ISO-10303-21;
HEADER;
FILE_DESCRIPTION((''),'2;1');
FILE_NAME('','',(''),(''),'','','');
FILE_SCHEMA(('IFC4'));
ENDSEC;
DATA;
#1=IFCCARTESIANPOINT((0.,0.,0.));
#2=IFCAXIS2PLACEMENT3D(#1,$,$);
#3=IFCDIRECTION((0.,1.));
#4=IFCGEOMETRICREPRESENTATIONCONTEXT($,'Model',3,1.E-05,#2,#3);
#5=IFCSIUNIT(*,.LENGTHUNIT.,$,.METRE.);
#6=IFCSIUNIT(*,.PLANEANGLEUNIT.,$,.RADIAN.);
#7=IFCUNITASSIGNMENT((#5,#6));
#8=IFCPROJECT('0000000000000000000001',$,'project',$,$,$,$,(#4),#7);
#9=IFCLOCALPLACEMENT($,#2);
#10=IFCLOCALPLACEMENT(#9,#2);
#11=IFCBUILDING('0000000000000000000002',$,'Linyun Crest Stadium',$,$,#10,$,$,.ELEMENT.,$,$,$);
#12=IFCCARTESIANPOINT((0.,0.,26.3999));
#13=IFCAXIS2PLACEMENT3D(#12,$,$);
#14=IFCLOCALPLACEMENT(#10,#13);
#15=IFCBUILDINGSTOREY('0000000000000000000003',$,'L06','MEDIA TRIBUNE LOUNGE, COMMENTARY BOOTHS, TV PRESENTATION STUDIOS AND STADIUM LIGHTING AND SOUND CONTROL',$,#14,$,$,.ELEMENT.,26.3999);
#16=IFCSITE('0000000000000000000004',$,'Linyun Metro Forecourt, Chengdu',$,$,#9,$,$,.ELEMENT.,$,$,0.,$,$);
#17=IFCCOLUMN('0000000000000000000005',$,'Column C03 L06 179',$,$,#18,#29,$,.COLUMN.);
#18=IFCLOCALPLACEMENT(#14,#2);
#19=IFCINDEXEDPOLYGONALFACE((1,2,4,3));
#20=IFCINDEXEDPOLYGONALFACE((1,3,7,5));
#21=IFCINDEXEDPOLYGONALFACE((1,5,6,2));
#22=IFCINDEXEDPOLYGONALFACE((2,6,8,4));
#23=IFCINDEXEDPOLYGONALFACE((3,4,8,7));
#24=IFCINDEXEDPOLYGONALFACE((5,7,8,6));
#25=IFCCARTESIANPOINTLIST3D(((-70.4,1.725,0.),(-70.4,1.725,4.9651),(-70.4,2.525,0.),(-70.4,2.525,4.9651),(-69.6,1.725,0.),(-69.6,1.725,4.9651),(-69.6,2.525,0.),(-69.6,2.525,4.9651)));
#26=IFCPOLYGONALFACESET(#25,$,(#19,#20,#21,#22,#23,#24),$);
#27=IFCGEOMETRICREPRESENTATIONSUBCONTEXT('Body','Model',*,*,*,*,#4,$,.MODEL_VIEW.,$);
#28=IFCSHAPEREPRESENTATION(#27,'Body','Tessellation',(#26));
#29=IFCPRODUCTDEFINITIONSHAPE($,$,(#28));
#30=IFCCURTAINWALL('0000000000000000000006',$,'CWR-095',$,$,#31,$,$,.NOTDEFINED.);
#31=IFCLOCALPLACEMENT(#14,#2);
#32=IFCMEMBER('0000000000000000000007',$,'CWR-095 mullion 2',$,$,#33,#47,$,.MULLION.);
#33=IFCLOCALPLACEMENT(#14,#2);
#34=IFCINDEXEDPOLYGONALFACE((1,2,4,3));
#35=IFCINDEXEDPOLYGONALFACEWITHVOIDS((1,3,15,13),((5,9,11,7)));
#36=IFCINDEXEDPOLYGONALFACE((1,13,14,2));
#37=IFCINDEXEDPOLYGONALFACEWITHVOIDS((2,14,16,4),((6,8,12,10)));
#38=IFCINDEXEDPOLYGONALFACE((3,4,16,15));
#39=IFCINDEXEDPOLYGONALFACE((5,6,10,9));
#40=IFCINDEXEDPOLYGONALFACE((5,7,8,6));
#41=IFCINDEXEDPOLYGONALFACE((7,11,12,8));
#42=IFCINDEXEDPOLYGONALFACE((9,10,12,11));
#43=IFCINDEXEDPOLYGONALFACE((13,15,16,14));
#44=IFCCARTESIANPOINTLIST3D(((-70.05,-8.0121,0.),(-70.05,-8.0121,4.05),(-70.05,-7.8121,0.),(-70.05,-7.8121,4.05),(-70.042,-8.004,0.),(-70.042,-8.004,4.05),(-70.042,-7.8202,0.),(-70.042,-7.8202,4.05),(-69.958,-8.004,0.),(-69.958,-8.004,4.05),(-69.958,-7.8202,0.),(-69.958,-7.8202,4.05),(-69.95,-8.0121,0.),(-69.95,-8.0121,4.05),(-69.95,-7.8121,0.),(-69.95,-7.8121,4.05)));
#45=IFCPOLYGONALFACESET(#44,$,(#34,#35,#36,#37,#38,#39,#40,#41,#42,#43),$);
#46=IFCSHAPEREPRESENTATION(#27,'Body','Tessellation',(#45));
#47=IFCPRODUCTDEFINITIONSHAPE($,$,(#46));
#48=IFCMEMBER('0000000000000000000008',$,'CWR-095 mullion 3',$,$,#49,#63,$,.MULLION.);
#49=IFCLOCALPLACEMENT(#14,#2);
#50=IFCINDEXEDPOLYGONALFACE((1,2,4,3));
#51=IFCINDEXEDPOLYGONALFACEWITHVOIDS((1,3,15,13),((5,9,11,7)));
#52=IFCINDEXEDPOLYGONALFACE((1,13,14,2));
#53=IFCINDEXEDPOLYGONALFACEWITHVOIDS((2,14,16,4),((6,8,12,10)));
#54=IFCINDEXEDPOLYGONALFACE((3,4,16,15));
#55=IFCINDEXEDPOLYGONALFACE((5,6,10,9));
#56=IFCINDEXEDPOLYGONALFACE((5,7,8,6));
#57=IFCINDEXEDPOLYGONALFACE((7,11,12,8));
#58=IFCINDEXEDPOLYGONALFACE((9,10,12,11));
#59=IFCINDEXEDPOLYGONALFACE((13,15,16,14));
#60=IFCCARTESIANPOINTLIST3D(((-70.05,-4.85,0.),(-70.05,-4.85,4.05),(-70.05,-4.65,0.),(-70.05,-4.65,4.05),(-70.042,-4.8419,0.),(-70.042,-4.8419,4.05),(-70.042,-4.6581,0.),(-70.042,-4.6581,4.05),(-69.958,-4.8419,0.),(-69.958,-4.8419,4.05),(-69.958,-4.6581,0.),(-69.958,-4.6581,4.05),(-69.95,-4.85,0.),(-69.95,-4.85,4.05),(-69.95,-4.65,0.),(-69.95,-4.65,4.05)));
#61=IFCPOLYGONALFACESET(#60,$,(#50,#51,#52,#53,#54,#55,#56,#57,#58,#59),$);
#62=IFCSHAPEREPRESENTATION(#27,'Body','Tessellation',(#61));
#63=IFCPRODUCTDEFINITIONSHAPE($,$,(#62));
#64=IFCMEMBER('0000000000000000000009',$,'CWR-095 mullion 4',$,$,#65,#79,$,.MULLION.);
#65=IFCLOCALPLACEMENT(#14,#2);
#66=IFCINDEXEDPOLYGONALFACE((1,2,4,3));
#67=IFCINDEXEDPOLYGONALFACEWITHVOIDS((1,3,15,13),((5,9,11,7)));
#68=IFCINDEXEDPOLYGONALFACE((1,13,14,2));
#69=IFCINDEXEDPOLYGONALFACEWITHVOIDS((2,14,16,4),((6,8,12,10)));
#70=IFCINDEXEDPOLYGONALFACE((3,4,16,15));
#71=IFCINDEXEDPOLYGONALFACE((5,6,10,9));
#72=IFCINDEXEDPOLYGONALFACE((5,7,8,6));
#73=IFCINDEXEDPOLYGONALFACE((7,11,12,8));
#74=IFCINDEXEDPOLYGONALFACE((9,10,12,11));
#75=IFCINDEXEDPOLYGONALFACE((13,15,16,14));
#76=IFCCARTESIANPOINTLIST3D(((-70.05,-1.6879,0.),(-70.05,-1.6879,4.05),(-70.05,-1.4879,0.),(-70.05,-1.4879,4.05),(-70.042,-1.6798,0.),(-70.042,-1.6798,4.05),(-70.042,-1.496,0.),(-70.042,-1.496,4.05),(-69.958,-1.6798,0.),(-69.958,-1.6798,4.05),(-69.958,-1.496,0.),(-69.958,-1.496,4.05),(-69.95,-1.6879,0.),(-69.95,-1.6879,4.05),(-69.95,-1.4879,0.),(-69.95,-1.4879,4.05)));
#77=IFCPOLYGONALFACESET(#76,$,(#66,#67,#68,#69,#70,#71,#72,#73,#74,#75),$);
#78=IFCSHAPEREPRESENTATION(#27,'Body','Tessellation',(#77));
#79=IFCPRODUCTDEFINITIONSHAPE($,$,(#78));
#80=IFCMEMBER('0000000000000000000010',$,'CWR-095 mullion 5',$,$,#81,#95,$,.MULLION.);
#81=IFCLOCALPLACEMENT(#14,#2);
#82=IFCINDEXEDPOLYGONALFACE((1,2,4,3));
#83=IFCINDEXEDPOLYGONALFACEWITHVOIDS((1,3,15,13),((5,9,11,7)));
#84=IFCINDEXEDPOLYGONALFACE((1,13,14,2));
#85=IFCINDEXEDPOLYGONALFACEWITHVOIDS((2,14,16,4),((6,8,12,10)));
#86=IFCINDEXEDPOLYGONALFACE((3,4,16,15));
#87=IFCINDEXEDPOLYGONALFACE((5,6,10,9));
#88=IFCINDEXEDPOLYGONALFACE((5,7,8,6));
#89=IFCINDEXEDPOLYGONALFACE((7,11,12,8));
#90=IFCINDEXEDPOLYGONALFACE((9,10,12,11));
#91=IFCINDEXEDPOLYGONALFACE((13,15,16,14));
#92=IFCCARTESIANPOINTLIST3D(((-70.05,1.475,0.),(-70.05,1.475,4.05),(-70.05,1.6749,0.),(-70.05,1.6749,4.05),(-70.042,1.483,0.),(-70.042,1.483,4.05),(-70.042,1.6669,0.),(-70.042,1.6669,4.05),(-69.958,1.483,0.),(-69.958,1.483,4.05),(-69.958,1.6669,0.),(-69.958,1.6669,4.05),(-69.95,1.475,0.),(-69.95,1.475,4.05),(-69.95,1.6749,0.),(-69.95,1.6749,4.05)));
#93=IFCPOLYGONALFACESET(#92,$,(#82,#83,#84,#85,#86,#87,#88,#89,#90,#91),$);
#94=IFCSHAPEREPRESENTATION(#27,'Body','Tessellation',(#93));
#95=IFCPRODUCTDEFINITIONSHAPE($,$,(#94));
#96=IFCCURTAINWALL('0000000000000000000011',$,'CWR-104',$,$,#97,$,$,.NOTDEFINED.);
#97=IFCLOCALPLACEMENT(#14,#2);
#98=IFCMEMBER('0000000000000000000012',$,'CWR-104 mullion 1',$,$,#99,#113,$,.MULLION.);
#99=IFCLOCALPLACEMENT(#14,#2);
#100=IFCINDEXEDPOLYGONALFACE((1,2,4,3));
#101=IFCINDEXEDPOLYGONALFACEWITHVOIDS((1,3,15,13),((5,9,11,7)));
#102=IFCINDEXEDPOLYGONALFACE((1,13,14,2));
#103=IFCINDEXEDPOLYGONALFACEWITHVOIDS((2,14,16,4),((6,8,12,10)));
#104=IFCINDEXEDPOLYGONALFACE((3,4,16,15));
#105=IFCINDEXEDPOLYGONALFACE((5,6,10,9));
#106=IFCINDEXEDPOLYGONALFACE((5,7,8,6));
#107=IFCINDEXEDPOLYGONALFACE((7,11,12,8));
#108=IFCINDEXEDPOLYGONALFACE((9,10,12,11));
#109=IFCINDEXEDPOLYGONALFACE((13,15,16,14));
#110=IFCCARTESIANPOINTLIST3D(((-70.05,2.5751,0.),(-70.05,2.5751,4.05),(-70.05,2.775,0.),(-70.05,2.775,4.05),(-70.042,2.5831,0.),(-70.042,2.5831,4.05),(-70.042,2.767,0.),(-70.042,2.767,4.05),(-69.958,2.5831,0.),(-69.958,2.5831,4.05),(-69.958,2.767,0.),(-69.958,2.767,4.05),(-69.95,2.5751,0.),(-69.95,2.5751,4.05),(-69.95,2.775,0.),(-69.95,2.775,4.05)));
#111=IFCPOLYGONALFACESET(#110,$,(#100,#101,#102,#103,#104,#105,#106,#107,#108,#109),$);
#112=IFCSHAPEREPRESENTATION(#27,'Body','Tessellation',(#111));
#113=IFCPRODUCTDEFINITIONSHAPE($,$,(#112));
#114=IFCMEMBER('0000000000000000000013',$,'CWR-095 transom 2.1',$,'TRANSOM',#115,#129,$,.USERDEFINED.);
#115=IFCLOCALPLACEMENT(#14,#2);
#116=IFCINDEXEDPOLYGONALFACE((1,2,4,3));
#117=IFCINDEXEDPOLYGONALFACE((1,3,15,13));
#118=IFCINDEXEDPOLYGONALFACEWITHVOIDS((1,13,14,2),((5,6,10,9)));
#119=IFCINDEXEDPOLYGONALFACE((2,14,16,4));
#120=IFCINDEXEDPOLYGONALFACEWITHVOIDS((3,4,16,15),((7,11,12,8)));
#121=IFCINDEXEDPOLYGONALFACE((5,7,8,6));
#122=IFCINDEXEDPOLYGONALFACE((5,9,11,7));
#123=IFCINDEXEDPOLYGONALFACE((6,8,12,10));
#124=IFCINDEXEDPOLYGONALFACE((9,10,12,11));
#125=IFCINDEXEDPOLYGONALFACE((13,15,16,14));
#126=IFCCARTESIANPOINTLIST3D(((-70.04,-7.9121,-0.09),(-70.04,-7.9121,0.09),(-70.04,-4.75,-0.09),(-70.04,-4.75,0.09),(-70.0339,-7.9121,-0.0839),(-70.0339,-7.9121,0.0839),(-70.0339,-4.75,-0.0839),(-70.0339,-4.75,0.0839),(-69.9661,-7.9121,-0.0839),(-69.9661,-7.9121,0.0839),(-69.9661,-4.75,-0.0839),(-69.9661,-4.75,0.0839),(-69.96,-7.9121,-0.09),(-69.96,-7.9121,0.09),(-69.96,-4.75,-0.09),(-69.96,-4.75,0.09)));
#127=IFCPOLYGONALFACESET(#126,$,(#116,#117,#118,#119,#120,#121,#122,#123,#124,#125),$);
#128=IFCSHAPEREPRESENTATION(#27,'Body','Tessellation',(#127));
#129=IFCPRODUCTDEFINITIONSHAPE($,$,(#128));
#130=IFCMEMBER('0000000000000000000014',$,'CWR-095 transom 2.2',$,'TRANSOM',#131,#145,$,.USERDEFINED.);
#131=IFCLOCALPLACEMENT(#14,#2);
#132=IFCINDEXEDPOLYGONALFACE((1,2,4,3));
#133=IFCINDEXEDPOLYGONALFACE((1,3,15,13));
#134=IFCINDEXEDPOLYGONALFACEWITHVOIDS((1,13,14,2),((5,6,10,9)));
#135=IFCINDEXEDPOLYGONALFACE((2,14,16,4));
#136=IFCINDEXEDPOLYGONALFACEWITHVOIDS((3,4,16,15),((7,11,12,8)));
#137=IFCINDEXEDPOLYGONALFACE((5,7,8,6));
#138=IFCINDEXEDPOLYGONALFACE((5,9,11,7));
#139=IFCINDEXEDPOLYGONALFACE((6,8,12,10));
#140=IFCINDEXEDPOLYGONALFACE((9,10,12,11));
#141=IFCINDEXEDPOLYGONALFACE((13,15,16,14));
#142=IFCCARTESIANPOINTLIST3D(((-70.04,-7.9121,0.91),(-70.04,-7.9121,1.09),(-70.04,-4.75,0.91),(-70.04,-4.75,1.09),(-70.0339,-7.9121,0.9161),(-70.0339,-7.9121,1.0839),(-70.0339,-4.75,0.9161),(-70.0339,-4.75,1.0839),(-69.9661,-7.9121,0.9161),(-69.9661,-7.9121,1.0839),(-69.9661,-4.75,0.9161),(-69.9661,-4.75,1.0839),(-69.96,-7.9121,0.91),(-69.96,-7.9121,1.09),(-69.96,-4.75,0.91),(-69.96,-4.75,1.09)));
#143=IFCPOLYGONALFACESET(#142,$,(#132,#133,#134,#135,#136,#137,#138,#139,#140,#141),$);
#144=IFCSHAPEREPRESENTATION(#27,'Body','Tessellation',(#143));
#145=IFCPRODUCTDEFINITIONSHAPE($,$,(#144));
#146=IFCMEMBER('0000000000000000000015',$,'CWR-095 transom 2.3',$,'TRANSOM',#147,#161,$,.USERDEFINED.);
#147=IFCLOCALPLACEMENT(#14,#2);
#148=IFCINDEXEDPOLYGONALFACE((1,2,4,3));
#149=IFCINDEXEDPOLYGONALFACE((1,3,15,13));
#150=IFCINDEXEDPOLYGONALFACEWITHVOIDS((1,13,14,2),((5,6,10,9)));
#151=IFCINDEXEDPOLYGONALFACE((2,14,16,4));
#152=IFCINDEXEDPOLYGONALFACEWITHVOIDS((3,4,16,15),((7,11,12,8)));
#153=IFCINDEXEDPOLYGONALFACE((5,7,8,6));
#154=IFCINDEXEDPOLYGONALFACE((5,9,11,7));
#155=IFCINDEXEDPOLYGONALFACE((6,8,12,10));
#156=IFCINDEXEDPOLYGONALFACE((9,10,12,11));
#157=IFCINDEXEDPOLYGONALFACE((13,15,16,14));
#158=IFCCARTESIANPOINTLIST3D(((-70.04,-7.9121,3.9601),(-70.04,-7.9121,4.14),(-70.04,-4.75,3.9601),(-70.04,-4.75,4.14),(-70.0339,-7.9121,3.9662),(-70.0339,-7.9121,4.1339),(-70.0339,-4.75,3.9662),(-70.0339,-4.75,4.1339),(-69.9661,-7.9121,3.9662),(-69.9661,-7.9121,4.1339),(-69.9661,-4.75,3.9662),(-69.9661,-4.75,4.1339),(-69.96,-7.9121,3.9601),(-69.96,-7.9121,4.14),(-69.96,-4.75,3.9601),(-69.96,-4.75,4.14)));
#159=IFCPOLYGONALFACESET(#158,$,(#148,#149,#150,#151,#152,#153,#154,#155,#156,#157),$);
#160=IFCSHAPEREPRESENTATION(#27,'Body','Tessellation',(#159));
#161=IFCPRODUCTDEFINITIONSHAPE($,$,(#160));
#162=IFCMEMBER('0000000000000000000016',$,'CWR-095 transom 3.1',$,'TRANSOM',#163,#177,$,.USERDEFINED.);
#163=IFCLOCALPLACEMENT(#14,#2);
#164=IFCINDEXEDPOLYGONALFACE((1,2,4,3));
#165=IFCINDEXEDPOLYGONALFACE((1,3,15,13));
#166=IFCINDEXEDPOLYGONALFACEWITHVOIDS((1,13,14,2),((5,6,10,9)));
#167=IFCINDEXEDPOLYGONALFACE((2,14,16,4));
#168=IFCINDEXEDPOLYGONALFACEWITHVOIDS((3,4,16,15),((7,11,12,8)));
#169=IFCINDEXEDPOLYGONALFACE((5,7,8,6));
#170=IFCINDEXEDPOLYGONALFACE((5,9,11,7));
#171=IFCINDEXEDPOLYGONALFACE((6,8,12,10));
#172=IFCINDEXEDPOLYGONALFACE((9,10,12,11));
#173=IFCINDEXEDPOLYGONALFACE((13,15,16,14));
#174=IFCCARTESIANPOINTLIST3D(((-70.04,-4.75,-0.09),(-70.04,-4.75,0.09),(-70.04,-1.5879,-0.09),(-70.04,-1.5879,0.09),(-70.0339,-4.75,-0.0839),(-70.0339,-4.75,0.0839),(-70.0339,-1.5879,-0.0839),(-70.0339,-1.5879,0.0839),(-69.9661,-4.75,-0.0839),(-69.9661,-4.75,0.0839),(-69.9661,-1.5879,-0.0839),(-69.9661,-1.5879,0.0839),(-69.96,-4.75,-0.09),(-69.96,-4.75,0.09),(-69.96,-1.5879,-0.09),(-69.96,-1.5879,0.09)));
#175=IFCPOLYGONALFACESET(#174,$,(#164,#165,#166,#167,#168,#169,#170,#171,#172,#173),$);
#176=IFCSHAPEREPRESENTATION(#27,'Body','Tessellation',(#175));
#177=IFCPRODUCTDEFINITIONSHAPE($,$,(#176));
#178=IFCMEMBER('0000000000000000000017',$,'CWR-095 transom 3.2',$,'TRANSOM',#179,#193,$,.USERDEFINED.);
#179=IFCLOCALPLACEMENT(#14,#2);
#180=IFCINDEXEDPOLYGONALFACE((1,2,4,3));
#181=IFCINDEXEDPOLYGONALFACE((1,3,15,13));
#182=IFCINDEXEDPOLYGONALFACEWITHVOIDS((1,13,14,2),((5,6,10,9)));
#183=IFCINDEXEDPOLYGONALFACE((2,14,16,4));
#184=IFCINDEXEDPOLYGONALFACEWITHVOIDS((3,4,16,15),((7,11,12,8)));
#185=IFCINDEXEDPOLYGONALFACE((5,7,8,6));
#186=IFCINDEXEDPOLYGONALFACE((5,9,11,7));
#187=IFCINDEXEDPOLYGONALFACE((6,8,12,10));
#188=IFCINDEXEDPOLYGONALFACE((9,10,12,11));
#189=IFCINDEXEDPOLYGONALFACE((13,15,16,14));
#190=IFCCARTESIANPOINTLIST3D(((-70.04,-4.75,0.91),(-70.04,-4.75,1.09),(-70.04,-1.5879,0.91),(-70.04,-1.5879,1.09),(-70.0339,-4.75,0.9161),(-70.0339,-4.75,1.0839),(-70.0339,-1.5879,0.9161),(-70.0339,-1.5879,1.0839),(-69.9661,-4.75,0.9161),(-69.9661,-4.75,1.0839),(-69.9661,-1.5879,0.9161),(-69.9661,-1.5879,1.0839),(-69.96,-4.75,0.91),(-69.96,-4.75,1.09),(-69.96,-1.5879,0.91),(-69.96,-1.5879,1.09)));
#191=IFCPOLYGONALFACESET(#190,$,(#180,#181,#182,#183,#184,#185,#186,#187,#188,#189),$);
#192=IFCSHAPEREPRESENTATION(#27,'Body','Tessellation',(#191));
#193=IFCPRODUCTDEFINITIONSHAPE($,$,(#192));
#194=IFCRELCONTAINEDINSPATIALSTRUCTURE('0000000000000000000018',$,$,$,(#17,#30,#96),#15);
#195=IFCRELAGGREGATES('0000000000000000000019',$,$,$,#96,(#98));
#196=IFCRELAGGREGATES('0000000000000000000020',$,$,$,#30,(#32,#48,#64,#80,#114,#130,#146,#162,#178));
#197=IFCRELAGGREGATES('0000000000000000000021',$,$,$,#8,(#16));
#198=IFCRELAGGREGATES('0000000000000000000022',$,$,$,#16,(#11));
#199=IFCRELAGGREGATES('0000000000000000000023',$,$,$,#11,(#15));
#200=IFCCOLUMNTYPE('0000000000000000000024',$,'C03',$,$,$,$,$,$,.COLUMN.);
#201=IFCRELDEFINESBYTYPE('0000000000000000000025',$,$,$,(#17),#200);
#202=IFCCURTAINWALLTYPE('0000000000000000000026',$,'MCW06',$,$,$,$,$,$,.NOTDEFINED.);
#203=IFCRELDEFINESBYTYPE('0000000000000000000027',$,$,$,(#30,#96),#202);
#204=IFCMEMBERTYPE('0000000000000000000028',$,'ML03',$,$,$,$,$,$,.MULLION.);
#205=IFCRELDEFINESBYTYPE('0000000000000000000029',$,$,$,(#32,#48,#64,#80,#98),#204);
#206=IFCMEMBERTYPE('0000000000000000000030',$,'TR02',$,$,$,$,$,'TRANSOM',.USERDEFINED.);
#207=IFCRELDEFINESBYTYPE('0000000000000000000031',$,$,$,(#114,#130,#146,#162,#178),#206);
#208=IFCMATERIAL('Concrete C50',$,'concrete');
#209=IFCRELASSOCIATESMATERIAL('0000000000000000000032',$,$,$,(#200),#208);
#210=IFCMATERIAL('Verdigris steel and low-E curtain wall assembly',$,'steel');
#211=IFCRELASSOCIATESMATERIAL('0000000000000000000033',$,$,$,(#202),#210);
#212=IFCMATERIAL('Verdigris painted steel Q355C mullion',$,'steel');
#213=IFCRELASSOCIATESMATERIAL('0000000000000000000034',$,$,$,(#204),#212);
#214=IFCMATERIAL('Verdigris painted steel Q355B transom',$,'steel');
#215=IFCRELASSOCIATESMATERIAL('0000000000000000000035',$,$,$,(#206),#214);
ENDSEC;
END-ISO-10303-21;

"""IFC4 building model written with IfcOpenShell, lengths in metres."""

from ifc_helpers import new_model, si_unit, direction, frame, origin, origin_2d, place, context, subcontext, project, spatial, rectangle, hollow_rectangle, extrude, material, material_profile, profile_set, type_object, element, aggregate, save


model = new_model("IFC4")

# Units and contexts
model_context = context("Model", 3, precision=1e-05, world=origin(), true_north=direction((0.0, 1.0)))
body_context = subcontext(model_context, "Body", "Model", "MODEL_VIEW")
ifc_project = project(units=[si_unit("LENGTHUNIT", "METRE"), si_unit("PLANEANGLEUNIT", "RADIAN")], contexts=[model_context])

# Site, building, storey
site_placement = place(None, origin())
site = spatial("IfcSite", under=ifc_project, at=site_placement, Name="Linyun Metro Forecourt, Chengdu", CompositionType="ELEMENT", RefElevation=0.0)
building_placement = place(site_placement, origin())
building = spatial("IfcBuilding", under=site, at=building_placement, Name="Linyun Crest Stadium", CompositionType="ELEMENT")
storey_placement = place(building_placement, frame((0.0, 0.0, 26.3999)))
storey = spatial("IfcBuildingStorey", under=building, at=storey_placement, Name="L06", Description="MEDIA TRIBUNE LOUNGE, COMMENTARY BOOTHS, TV PRESENTATION STUDIOS AND STADIUM LIGHTING AND SOUND CONTROL", CompositionType="ELEMENT", Elevation=26.3999)

# Column
ifc_material_1 = material(Name="Concrete C50", Category="concrete")
ifc_material_profile_1 = material_profile(ifc_material_1, rectangle(XDim=0.8, YDim=0.8, at=origin_2d()), Name="RC 800x800")
ifc_profile_set_1 = profile_set([ifc_material_profile_1], Name="Concrete C50")
column_type = type_object("IfcColumnType", Name="C03", PredefinedType="COLUMN", material=ifc_profile_set_1)
column_placement = place(storey_placement, frame((-70.0, 2.125, 0.0), z_axis=(0.0, 0.0, 1.0), x_axis=(1.0, 0.0, 0.0)))
element("IfcColumn", 1, at=column_placement, inside=storey, type_object=column_type, Name="Column C03 L06 179", PredefinedType="COLUMN", context=body_context, shape_type="SweptSolid", body=[
    extrude(rectangle(XDim=0.8, YDim=0.8, at=origin_2d()), origin(), (0.0, 0.0, 1.0), 4.9651),
])

# Curtain wall, members
ifc_material_2 = material(Name="Verdigris steel and low-E curtain wall assembly", Category="steel")
curtain_wall_type = type_object("IfcCurtainWallType", Name="MCW06", PredefinedType="NOTDEFINED", material=ifc_material_2)
curtain_wall_1_placement = place(storey_placement, origin())
curtain_wall_1 = element("IfcCurtainWall", 2, at=curtain_wall_1_placement, inside=storey, type_object=curtain_wall_type, Name="CWR-095", PredefinedType="NOTDEFINED")
ifc_material_3 = material(Name="Verdigris painted steel Q355C mullion", Category="steel")
ifc_material_profile_2 = material_profile(ifc_material_3, hollow_rectangle(XDim=0.1001, YDim=0.2, WallThickness=0.0081, at=origin_2d()), Name="RHS 200x100x8")
ifc_profile_set_2 = profile_set([ifc_material_profile_2], Name="Verdigris painted steel Q355C mullion")
member_type_1 = type_object("IfcMemberType", Name="ML03", PredefinedType="MULLION", material=ifc_profile_set_2)
member_1_placement = place(storey_placement, frame((-70.0, -7.9121, 0.0), z_axis=(0.0, 0.0, 1.0), x_axis=(-1.0, 0.0, 0.0)))
member_1 = element("IfcMember", 3, at=member_1_placement, type_object=member_type_1, Name="CWR-095 mullion 2", PredefinedType="MULLION", context=body_context, shape_type="SweptSolid", body=[
    extrude(hollow_rectangle(XDim=0.1001, YDim=0.2, WallThickness=0.0081, at=origin_2d()), origin(), (0.0, 0.0, 1.0), 4.05),
])
member_2_placement = place(storey_placement, frame((-70.0, -4.75, 0.0), z_axis=(0.0, 0.0, 1.0), x_axis=(-1.0, 0.0, 0.0)))
member_2 = element("IfcMember", 4, at=member_2_placement, type_object=member_type_1, Name="CWR-095 mullion 3", PredefinedType="MULLION", context=body_context, shape_type="SweptSolid", body=[
    extrude(hollow_rectangle(XDim=0.1001, YDim=0.2, WallThickness=0.0081, at=origin_2d()), origin(), (0.0, 0.0, 1.0), 4.05),
])
member_3_placement = place(storey_placement, frame((-70.0, -1.5879, 0.0), z_axis=(0.0, 0.0, 1.0), x_axis=(-1.0, 0.0, 0.0)))
member_3 = element("IfcMember", 5, at=member_3_placement, type_object=member_type_1, Name="CWR-095 mullion 4", PredefinedType="MULLION", context=body_context, shape_type="SweptSolid", body=[
    extrude(hollow_rectangle(XDim=0.1001, YDim=0.2, WallThickness=0.0081, at=origin_2d()), origin(), (0.0, 0.0, 1.0), 4.05),
])
member_4_placement = place(storey_placement, frame((-70.0, 1.575, 0.0), z_axis=(0.0, 0.0, 1.0), x_axis=(-1.0, 0.0, 0.0)))
member_4 = element("IfcMember", 6, at=member_4_placement, type_object=member_type_1, Name="CWR-095 mullion 5", PredefinedType="MULLION", context=body_context, shape_type="SweptSolid", body=[
    extrude(hollow_rectangle(XDim=0.1001, YDim=0.2, WallThickness=0.0081, at=origin_2d()), origin(), (0.0, 0.0, 1.0), 4.05),
])

# Curtain wall, member
curtain_wall_2_placement = place(storey_placement, origin())
curtain_wall_2 = element("IfcCurtainWall", 7, at=curtain_wall_2_placement, inside=storey, type_object=curtain_wall_type, Name="CWR-104", PredefinedType="NOTDEFINED")
member_5_placement = place(storey_placement, frame((-70.0, 2.675, 0.0), z_axis=(0.0, 0.0, 1.0), x_axis=(-1.0, 0.0, 0.0)))
member_5 = element("IfcMember", 8, at=member_5_placement, type_object=member_type_1, Name="CWR-104 mullion 1", PredefinedType="MULLION", context=body_context, shape_type="SweptSolid", body=[
    extrude(hollow_rectangle(XDim=0.1001, YDim=0.2, WallThickness=0.0081, at=origin_2d()), origin(), (0.0, 0.0, 1.0), 4.05),
])

# Members
ifc_material_4 = material(Name="Verdigris painted steel Q355B transom", Category="steel")
ifc_material_profile_3 = material_profile(ifc_material_4, hollow_rectangle(XDim=0.0801, YDim=0.1799, WallThickness=0.0061, at=origin_2d()), Name="RHS 180x80x6")
ifc_profile_set_3 = profile_set([ifc_material_profile_3], Name="Verdigris painted steel Q355B transom")
member_type_2 = type_object("IfcMemberType", Name="TR02", ElementType="TRANSOM", PredefinedType="USERDEFINED", material=ifc_profile_set_3)
member_6_placement = place(storey_placement, frame((-70.0, -7.9121, 0.0), z_axis=(0.0, 1.0, 0.0), x_axis=(-1.0, 0.0, 0.0)))
member_6 = element("IfcMember", 9, at=member_6_placement, type_object=member_type_2, Name="CWR-095 transom 2.1", ObjectType="TRANSOM", PredefinedType="USERDEFINED", context=body_context, shape_type="SweptSolid", body=[
    extrude(hollow_rectangle(XDim=0.0801, YDim=0.1799, WallThickness=0.0061, at=origin_2d()), origin(), (0.0, 0.0, 1.0), 3.1621),
])
member_7_placement = place(storey_placement, frame((-70.0, -7.9121, 1.0), z_axis=(0.0, 1.0, 0.0), x_axis=(-1.0, 0.0, 0.0)))
member_7 = element("IfcMember", 10, at=member_7_placement, type_object=member_type_2, Name="CWR-095 transom 2.2", ObjectType="TRANSOM", PredefinedType="USERDEFINED", context=body_context, shape_type="SweptSolid", body=[
    extrude(hollow_rectangle(XDim=0.0801, YDim=0.1799, WallThickness=0.0061, at=origin_2d()), origin(), (0.0, 0.0, 1.0), 3.1621),
])
member_8_placement = place(storey_placement, frame((-70.0, -7.9121, 4.05), z_axis=(0.0, 1.0, 0.0), x_axis=(-1.0, 0.0, 0.0)))
member_8 = element("IfcMember", 11, at=member_8_placement, type_object=member_type_2, Name="CWR-095 transom 2.3", ObjectType="TRANSOM", PredefinedType="USERDEFINED", context=body_context, shape_type="SweptSolid", body=[
    extrude(hollow_rectangle(XDim=0.0801, YDim=0.1799, WallThickness=0.0061, at=origin_2d()), origin(), (0.0, 0.0, 1.0), 3.1621),
])
member_9_placement = place(storey_placement, frame((-70.0, -4.75, 0.0), z_axis=(0.0, 1.0, 0.0), x_axis=(-1.0, 0.0, 0.0)))
member_9 = element("IfcMember", 12, at=member_9_placement, type_object=member_type_2, Name="CWR-095 transom 3.1", ObjectType="TRANSOM", PredefinedType="USERDEFINED", context=body_context, shape_type="SweptSolid", body=[
    extrude(hollow_rectangle(XDim=0.0801, YDim=0.1799, WallThickness=0.0061, at=origin_2d()), origin(), (0.0, 0.0, 1.0), 3.1621),
])
member_10_placement = place(storey_placement, frame((-70.0, -4.75, 1.0), z_axis=(0.0, 1.0, 0.0), x_axis=(-1.0, 0.0, 0.0)))
member_10 = element("IfcMember", 13, at=member_10_placement, type_object=member_type_2, Name="CWR-095 transom 3.2", ObjectType="TRANSOM", PredefinedType="USERDEFINED", context=body_context, shape_type="SweptSolid", body=[
    extrude(hollow_rectangle(XDim=0.0801, YDim=0.1799, WallThickness=0.0061, at=origin_2d()), origin(), (0.0, 0.0, 1.0), 3.1621),
])
aggregate(curtain_wall_2, [member_5])

aggregate(curtain_wall_1, [member_1, member_2, member_3, member_4, member_6, member_7, member_8, member_9, member_10])

save(model, "model.ifc")
